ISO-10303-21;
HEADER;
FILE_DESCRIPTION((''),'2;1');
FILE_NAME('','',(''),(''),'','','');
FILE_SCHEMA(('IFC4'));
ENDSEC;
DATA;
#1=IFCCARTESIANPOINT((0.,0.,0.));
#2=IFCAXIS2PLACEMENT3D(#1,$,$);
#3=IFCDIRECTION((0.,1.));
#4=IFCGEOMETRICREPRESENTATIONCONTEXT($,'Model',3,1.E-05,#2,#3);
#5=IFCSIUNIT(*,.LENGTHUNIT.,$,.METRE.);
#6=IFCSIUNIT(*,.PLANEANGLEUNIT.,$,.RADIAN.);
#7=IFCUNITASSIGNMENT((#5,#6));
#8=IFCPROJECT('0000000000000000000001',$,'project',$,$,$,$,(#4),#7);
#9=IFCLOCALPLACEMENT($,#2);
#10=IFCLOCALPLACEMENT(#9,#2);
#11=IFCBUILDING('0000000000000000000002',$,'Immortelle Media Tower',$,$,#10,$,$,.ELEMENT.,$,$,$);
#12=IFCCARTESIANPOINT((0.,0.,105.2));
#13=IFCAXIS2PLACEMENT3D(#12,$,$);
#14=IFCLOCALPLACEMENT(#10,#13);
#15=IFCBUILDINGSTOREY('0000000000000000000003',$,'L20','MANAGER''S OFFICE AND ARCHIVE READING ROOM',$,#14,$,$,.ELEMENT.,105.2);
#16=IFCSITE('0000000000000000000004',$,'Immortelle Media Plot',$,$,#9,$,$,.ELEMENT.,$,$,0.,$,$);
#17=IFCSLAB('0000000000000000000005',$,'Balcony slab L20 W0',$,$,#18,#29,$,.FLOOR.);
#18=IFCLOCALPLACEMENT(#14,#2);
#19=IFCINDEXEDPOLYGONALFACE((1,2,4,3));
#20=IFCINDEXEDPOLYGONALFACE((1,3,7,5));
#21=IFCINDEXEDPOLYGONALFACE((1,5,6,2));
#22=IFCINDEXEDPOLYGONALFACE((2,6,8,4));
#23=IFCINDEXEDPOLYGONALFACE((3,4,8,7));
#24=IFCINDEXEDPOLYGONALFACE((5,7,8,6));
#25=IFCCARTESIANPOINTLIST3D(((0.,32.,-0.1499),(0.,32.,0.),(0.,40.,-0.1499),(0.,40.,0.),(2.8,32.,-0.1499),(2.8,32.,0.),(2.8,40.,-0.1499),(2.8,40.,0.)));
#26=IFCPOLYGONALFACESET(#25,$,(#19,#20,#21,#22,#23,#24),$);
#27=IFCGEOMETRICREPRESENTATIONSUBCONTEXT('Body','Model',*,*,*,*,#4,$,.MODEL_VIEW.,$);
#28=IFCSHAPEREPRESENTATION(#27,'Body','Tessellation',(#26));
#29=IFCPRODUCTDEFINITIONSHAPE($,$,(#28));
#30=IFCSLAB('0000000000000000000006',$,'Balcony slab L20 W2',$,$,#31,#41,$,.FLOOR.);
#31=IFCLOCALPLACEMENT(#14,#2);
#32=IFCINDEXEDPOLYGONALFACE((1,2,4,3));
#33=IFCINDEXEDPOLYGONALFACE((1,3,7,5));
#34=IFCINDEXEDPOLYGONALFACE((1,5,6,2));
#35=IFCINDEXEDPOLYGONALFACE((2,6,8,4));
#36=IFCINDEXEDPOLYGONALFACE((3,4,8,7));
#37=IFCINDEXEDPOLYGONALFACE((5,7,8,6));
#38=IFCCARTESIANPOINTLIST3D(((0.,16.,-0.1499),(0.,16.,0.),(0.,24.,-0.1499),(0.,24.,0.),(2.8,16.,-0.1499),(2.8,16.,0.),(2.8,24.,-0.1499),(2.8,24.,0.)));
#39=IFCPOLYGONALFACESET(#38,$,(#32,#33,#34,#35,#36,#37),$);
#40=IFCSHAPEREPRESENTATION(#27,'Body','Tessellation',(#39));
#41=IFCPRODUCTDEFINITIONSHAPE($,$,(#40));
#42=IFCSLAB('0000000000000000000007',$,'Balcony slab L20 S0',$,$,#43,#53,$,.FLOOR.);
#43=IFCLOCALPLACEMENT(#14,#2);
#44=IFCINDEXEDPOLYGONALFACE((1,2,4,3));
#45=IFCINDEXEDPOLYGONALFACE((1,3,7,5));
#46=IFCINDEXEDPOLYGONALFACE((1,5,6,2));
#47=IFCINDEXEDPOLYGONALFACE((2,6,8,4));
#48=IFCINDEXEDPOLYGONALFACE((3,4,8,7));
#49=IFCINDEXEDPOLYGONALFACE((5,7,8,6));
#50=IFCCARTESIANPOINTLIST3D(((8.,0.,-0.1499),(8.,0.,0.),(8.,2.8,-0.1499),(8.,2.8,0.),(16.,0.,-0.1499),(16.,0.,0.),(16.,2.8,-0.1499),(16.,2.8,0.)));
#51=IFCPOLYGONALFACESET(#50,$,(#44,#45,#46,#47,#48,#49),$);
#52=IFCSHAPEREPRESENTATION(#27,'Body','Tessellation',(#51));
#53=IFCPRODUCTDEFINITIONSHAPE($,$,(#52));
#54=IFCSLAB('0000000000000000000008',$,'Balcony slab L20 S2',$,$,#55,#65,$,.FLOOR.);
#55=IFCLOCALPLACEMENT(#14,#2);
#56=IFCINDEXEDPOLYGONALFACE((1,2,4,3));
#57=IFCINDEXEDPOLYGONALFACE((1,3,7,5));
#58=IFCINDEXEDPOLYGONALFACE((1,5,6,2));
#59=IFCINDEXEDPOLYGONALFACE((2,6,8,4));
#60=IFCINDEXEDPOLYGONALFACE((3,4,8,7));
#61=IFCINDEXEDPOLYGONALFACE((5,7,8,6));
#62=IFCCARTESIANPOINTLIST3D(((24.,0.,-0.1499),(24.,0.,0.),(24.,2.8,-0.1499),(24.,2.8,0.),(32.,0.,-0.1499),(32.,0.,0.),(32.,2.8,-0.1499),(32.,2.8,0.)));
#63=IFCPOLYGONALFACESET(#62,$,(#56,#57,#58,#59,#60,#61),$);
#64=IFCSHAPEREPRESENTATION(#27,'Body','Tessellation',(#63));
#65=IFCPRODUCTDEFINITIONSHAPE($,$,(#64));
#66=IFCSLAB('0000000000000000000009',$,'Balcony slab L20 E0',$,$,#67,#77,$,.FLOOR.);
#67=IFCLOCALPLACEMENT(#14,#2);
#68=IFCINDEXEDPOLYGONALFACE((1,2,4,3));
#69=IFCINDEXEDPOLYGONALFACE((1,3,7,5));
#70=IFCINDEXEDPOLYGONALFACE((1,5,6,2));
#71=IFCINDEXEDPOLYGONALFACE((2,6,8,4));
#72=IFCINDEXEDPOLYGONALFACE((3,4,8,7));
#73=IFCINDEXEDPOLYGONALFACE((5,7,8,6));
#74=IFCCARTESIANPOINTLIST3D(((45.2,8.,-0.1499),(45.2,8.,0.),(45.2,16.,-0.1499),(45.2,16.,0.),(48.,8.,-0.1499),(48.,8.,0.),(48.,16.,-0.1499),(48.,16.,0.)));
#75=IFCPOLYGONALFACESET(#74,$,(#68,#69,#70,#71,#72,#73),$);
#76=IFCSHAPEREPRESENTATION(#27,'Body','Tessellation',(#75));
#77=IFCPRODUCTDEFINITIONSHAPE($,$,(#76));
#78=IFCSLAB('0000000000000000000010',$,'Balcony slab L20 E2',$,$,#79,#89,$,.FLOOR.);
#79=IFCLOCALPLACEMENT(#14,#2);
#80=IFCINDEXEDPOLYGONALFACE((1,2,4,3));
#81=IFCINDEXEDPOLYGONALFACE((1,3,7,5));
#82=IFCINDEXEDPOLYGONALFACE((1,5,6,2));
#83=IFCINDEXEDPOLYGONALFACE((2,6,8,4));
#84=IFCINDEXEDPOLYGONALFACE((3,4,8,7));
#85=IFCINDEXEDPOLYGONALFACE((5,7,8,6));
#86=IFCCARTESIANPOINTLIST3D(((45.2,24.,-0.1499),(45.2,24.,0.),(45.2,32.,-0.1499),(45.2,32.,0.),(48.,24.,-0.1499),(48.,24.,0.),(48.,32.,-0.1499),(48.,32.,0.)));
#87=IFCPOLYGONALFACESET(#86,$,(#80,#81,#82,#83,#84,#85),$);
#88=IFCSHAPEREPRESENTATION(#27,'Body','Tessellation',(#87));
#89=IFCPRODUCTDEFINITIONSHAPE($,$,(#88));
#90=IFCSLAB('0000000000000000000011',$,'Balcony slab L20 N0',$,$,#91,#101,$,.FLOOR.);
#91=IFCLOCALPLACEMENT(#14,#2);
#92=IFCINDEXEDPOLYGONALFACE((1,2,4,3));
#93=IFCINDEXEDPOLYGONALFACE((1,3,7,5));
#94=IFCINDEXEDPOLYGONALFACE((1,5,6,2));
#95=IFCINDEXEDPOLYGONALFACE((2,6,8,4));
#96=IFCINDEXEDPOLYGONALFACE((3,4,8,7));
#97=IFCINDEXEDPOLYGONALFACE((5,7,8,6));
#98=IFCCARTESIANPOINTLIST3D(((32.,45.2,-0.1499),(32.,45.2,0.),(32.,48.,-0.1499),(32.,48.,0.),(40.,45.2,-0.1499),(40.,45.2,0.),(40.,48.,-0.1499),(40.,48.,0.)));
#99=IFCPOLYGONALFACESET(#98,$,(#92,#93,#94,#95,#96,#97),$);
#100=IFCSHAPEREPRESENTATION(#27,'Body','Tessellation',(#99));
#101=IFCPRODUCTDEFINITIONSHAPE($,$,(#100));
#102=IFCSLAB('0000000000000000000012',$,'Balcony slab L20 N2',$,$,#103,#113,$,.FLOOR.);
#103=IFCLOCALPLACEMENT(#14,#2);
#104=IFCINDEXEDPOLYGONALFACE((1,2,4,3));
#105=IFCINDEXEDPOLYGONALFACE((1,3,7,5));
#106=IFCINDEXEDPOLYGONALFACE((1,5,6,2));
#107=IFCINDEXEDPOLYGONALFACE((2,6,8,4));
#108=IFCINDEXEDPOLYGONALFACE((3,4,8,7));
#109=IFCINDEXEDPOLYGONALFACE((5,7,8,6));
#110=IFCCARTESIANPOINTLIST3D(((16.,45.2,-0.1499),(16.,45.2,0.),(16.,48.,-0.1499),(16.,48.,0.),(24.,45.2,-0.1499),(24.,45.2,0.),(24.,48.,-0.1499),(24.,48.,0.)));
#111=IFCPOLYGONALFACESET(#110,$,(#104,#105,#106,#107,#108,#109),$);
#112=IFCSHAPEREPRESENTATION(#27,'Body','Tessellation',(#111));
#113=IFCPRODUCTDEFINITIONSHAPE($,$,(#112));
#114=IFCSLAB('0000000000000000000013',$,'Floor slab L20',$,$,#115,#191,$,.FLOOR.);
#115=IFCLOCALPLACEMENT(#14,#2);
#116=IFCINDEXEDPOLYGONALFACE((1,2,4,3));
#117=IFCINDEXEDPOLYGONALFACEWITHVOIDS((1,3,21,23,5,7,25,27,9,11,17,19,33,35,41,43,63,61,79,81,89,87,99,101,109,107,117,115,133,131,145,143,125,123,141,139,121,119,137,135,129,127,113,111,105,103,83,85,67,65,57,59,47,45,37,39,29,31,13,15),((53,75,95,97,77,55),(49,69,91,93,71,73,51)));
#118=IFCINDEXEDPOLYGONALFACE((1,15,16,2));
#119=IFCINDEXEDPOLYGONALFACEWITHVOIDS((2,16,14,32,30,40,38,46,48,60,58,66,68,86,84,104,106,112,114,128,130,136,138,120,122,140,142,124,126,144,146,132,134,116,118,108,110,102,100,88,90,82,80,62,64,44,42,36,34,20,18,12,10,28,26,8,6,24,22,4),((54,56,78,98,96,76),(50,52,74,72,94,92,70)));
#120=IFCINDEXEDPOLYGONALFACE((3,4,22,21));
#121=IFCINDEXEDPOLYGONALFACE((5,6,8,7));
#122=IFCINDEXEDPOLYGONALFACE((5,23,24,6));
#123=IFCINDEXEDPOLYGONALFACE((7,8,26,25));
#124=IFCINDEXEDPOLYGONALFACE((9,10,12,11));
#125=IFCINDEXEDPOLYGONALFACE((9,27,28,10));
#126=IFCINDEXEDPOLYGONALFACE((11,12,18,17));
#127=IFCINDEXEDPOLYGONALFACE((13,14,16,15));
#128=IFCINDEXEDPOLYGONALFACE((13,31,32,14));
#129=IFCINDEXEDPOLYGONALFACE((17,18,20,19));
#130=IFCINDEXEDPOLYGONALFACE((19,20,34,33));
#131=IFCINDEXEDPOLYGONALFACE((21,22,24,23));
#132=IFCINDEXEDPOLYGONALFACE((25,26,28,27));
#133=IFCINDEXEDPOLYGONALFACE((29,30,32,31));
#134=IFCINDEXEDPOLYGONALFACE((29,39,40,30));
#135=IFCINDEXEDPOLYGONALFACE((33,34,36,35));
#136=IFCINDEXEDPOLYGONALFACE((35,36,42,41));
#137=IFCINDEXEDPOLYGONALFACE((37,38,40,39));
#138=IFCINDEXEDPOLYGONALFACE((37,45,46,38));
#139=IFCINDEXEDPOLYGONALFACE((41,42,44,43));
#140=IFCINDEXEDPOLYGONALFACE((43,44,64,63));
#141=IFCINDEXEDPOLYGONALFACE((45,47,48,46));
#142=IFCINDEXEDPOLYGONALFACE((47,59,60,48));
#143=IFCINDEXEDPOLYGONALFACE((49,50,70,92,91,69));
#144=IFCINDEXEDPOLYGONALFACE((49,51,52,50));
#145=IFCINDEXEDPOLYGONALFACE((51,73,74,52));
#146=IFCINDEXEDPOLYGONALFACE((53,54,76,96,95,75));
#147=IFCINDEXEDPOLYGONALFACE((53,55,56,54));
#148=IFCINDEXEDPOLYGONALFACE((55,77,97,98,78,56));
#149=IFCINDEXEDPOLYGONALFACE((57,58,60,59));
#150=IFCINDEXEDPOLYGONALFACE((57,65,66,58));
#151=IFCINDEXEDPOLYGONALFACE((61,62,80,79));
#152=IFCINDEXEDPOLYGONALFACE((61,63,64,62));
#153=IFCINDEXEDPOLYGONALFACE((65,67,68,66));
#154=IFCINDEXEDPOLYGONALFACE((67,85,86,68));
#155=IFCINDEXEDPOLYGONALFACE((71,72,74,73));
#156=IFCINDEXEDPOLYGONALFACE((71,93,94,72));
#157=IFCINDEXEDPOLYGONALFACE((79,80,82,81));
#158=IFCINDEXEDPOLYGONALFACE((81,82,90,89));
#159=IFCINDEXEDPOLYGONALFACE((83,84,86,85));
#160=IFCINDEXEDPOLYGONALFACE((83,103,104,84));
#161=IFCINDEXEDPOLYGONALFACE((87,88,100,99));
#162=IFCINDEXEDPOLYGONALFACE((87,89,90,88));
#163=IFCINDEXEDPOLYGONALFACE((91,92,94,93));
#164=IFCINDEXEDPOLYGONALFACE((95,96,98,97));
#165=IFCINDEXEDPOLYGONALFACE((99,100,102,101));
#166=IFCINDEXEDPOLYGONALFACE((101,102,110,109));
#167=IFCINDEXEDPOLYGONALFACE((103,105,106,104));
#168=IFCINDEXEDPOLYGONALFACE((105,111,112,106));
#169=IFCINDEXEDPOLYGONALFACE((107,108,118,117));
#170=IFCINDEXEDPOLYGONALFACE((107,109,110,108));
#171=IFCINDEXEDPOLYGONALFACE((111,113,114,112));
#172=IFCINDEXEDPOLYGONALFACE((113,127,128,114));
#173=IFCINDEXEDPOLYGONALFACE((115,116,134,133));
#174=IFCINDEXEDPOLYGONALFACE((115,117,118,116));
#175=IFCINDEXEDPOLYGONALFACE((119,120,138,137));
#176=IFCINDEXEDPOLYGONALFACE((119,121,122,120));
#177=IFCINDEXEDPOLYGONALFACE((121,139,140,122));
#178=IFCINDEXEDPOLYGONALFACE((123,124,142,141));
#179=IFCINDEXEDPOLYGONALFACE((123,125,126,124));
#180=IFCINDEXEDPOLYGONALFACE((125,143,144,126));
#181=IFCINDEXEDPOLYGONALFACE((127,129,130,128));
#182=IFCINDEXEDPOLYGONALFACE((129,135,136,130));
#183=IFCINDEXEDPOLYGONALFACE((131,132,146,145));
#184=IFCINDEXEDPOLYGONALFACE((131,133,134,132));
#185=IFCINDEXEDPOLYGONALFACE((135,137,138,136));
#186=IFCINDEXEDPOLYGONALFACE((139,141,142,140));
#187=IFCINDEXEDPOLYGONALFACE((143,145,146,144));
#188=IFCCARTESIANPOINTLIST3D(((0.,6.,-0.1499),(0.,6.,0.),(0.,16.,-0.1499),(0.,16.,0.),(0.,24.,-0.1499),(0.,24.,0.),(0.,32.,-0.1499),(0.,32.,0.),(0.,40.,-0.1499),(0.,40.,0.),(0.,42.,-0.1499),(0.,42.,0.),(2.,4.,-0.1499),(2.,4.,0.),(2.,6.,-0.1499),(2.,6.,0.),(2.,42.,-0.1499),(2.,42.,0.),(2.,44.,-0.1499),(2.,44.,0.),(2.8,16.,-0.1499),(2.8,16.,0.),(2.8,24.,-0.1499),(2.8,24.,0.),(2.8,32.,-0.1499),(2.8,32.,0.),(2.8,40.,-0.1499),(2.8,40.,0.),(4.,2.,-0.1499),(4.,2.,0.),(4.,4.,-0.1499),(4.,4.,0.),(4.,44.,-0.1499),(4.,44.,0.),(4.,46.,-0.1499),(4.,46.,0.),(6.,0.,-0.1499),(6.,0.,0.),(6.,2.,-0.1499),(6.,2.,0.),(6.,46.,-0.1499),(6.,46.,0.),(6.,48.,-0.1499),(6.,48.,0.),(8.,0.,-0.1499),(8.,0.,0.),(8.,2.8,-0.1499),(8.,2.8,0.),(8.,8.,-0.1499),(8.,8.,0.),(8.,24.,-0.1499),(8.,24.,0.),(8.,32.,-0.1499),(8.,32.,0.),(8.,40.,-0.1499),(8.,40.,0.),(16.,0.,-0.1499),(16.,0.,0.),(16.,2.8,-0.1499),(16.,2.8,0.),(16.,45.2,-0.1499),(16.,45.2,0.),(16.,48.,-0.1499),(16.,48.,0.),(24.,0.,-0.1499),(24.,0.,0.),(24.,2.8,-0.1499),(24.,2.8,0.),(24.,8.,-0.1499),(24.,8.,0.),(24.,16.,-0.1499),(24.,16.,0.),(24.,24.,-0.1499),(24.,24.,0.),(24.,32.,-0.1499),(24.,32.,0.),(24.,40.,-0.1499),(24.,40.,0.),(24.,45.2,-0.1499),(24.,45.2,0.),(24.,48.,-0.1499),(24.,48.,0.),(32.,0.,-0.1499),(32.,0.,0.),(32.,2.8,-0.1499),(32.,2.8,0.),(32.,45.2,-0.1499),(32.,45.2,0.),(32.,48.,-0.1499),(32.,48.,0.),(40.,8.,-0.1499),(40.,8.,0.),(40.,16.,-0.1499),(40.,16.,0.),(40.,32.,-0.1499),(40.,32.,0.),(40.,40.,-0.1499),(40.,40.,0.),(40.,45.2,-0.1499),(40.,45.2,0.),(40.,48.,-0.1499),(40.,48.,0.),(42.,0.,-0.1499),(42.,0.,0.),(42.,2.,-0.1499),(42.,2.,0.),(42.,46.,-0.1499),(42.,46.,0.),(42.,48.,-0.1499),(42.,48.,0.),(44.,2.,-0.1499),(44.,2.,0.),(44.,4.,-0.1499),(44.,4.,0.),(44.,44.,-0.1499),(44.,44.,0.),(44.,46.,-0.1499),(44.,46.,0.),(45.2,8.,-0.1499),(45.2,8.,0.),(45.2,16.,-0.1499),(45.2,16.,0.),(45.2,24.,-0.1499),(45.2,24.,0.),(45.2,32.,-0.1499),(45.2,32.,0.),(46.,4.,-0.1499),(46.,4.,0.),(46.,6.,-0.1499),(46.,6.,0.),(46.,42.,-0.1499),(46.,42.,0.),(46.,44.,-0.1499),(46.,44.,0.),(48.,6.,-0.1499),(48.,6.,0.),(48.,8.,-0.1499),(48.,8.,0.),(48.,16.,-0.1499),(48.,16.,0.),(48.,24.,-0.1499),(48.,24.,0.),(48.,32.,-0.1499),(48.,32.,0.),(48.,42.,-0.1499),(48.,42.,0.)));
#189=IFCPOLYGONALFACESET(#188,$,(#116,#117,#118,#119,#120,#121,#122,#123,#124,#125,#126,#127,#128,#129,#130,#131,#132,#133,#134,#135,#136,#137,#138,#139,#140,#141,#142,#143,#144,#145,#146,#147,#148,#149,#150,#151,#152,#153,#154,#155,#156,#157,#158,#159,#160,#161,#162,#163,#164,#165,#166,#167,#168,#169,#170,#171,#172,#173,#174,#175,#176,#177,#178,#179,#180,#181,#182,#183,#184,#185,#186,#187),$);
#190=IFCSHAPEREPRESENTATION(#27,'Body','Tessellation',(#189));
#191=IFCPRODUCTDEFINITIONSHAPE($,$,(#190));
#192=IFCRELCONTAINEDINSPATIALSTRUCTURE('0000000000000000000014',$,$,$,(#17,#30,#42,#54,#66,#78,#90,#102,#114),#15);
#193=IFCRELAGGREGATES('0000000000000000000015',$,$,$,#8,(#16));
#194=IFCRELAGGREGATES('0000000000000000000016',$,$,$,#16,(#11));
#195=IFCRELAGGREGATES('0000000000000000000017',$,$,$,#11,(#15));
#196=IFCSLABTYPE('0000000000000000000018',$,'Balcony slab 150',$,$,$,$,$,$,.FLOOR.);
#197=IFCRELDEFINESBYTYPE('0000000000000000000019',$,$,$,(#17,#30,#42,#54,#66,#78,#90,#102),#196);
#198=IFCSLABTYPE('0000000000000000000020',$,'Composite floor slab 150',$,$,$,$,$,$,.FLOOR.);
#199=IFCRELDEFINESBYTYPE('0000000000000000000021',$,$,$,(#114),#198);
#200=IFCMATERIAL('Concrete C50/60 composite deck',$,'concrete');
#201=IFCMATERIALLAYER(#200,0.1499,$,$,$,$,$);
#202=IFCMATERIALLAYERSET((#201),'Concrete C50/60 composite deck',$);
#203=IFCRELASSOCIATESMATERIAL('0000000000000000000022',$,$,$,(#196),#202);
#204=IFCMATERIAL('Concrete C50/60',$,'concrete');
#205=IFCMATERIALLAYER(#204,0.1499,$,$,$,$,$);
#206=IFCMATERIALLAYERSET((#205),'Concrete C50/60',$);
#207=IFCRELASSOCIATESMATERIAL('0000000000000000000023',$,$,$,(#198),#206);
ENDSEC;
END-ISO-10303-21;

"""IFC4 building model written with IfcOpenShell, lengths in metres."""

from ifc_helpers import new_model, si_unit, direction, frame, origin, place, context, subcontext, project, spatial, polyline, outline, extrude, material, layer, layer_set, type_object, element, save


model = new_model("IFC4")

# Units and contexts
model_context = context("Model", 3, precision=1e-05, world=origin(), true_north=direction((0.0, 1.0)))
body_context = subcontext(model_context, "Body", "Model", "MODEL_VIEW")
ifc_project = project(units=[si_unit("LENGTHUNIT", "METRE"), si_unit("PLANEANGLEUNIT", "RADIAN")], contexts=[model_context])

# Site, building, storey
site_placement = place(None, origin())
site = spatial("IfcSite", under=ifc_project, at=site_placement, Name="Immortelle Media Plot", CompositionType="ELEMENT", RefElevation=0.0)
building_placement = place(site_placement, origin())
building = spatial("IfcBuilding", under=site, at=building_placement, Name="Immortelle Media Tower", CompositionType="ELEMENT")
storey_placement = place(building_placement, frame((0.0, 0.0, 105.2)))
storey = spatial("IfcBuildingStorey", under=building, at=storey_placement, Name="L20", Description="MANAGER'S OFFICE AND ARCHIVE READING ROOM", CompositionType="ELEMENT", Elevation=105.2)

# Slabs
ifc_material_1 = material(Name="Concrete C50/60 composite deck", Category="concrete")
ifc_layer_1 = layer(ifc_material_1, 0.1499)
ifc_layer_set_1 = layer_set([ifc_layer_1], Name="Concrete C50/60 composite deck")
slab_type_1 = type_object("IfcSlabType", Name="Balcony slab 150", PredefinedType="FLOOR", material=ifc_layer_set_1)
slab_1_placement = place(storey_placement, frame((0.0, 0.0, -0.1499)))
element("IfcSlab", 1, at=slab_1_placement, inside=storey, type_object=slab_type_1, Name="Balcony slab L20 W0", PredefinedType="FLOOR", context=body_context, shape_type="SweptSolid", body=[
    extrude(outline(polyline([(2.8, 32.0), (2.8, 40.0), (0.0, 40.0), (0.0, 32.0), (2.8, 32.0)])), origin(), (0.0, 0.0, 1.0), 0.1499),
])
slab_2_placement = place(storey_placement, frame((0.0, 0.0, -0.1499)))
element("IfcSlab", 2, at=slab_2_placement, inside=storey, type_object=slab_type_1, Name="Balcony slab L20 W2", PredefinedType="FLOOR", context=body_context, shape_type="SweptSolid", body=[
    extrude(outline(polyline([(2.8, 16.0), (2.8, 24.0), (0.0, 24.0), (0.0, 16.0), (2.8, 16.0)])), origin(), (0.0, 0.0, 1.0), 0.1499),
])
slab_3_placement = place(storey_placement, frame((0.0, 0.0, -0.1499)))
element("IfcSlab", 3, at=slab_3_placement, inside=storey, type_object=slab_type_1, Name="Balcony slab L20 S0", PredefinedType="FLOOR", context=body_context, shape_type="SweptSolid", body=[
    extrude(outline(polyline([(16.0, 0.0), (16.0, 2.8), (8.0, 2.8), (8.0, 0.0), (16.0, 0.0)])), origin(), (0.0, 0.0, 1.0), 0.1499),
])
slab_4_placement = place(storey_placement, frame((0.0, 0.0, -0.1499)))
element("IfcSlab", 4, at=slab_4_placement, inside=storey, type_object=slab_type_1, Name="Balcony slab L20 S2", PredefinedType="FLOOR", context=body_context, shape_type="SweptSolid", body=[
    extrude(outline(polyline([(32.0, 0.0), (32.0, 2.8), (24.0, 2.8), (24.0, 0.0), (32.0, 0.0)])), origin(), (0.0, 0.0, 1.0), 0.1499),
])
slab_5_placement = place(storey_placement, frame((0.0, 0.0, -0.1499)))
element("IfcSlab", 5, at=slab_5_placement, inside=storey, type_object=slab_type_1, Name="Balcony slab L20 E0", PredefinedType="FLOOR", context=body_context, shape_type="SweptSolid", body=[
    extrude(outline(polyline([(48.0, 8.0), (48.0, 16.0), (45.2, 16.0), (45.2, 8.0), (48.0, 8.0)])), origin(), (0.0, 0.0, 1.0), 0.1499),
])
slab_6_placement = place(storey_placement, frame((0.0, 0.0, -0.1499)))
element("IfcSlab", 6, at=slab_6_placement, inside=storey, type_object=slab_type_1, Name="Balcony slab L20 E2", PredefinedType="FLOOR", context=body_context, shape_type="SweptSolid", body=[
    extrude(outline(polyline([(48.0, 24.0), (48.0, 32.0), (45.2, 32.0), (45.2, 24.0), (48.0, 24.0)])), origin(), (0.0, 0.0, 1.0), 0.1499),
])
slab_7_placement = place(storey_placement, frame((0.0, 0.0, -0.1499)))
element("IfcSlab", 7, at=slab_7_placement, inside=storey, type_object=slab_type_1, Name="Balcony slab L20 N0", PredefinedType="FLOOR", context=body_context, shape_type="SweptSolid", body=[
    extrude(outline(polyline([(40.0, 45.2), (40.0, 48.0), (32.0, 48.0), (32.0, 45.2), (40.0, 45.2)])), origin(), (0.0, 0.0, 1.0), 0.1499),
])
slab_8_placement = place(storey_placement, frame((0.0, 0.0, -0.1499)))
element("IfcSlab", 8, at=slab_8_placement, inside=storey, type_object=slab_type_1, Name="Balcony slab L20 N2", PredefinedType="FLOOR", context=body_context, shape_type="SweptSolid", body=[
    extrude(outline(polyline([(24.0, 45.2), (24.0, 48.0), (16.0, 48.0), (16.0, 45.2), (24.0, 45.2)])), origin(), (0.0, 0.0, 1.0), 0.1499),
])
ifc_material_2 = material(Name="Concrete C50/60", Category="concrete")
ifc_layer_2 = layer(ifc_material_2, 0.1499)
ifc_layer_set_2 = layer_set([ifc_layer_2], Name="Concrete C50/60")
slab_type_2 = type_object("IfcSlabType", Name="Composite floor slab 150", PredefinedType="FLOOR", material=ifc_layer_set_2)
slab_9_placement = place(storey_placement, frame((0.0, 0.0, -0.1499)))
element("IfcSlab", 9, at=slab_9_placement, inside=storey, type_object=slab_type_2, Name="Floor slab L20", PredefinedType="FLOOR", context=body_context, shape_type="SweptSolid", body=[
    extrude(outline(polyline([(6.0, 0.0), (6.0, 2.0), (4.0, 2.0), (4.0, 4.0), (2.0, 4.0), (2.0, 6.0), (0.0, 6.0), (0.0, 16.0), (2.8, 16.0), (2.8, 24.0), (0.0, 24.0), (0.0, 32.0), (2.8, 32.0), (2.8, 40.0), (0.0, 40.0), (0.0, 42.0), (2.0, 42.0), (2.0, 44.0), (4.0, 44.0), (4.0, 46.0), (6.0, 46.0), (6.0, 48.0), (16.0, 48.0), (16.0, 45.2), (24.0, 45.2), (24.0, 48.0), (32.0, 48.0), (32.0, 45.2), (40.0, 45.2), (40.0, 48.0), (42.0, 48.0), (42.0, 46.0), (44.0, 46.0), (44.0, 44.0), (46.0, 44.0), (46.0, 42.0), (48.0, 42.0), (48.0, 32.0), (45.2, 32.0), (45.2, 24.0), (48.0, 24.0), (48.0, 16.0), (45.2, 16.0), (45.2, 8.0), (48.0, 8.0), (48.0, 6.0), (46.0, 6.0), (46.0, 4.0), (44.0, 4.0), (44.0, 2.0), (42.0, 2.0), (42.0, 0.0), (32.0, 0.0), (32.0, 2.8), (24.0, 2.8), (24.0, 0.0), (16.0, 0.0), (16.0, 2.8), (8.0, 2.8), (8.0, 0.0), (6.0, 0.0)]), holes=[polyline([(24.0, 24.0), (8.0, 24.0), (8.0, 8.0), (24.0, 8.0), (40.0, 8.0), (40.0, 16.0), (24.0, 16.0), (24.0, 24.0)]), polyline([(24.0, 32.0), (40.0, 32.0), (40.0, 40.0), (24.0, 40.0), (8.0, 40.0), (8.0, 32.0), (24.0, 32.0)])]), origin(), (0.0, 0.0, 1.0), 0.1499),
])

save(model, "model.ifc")
